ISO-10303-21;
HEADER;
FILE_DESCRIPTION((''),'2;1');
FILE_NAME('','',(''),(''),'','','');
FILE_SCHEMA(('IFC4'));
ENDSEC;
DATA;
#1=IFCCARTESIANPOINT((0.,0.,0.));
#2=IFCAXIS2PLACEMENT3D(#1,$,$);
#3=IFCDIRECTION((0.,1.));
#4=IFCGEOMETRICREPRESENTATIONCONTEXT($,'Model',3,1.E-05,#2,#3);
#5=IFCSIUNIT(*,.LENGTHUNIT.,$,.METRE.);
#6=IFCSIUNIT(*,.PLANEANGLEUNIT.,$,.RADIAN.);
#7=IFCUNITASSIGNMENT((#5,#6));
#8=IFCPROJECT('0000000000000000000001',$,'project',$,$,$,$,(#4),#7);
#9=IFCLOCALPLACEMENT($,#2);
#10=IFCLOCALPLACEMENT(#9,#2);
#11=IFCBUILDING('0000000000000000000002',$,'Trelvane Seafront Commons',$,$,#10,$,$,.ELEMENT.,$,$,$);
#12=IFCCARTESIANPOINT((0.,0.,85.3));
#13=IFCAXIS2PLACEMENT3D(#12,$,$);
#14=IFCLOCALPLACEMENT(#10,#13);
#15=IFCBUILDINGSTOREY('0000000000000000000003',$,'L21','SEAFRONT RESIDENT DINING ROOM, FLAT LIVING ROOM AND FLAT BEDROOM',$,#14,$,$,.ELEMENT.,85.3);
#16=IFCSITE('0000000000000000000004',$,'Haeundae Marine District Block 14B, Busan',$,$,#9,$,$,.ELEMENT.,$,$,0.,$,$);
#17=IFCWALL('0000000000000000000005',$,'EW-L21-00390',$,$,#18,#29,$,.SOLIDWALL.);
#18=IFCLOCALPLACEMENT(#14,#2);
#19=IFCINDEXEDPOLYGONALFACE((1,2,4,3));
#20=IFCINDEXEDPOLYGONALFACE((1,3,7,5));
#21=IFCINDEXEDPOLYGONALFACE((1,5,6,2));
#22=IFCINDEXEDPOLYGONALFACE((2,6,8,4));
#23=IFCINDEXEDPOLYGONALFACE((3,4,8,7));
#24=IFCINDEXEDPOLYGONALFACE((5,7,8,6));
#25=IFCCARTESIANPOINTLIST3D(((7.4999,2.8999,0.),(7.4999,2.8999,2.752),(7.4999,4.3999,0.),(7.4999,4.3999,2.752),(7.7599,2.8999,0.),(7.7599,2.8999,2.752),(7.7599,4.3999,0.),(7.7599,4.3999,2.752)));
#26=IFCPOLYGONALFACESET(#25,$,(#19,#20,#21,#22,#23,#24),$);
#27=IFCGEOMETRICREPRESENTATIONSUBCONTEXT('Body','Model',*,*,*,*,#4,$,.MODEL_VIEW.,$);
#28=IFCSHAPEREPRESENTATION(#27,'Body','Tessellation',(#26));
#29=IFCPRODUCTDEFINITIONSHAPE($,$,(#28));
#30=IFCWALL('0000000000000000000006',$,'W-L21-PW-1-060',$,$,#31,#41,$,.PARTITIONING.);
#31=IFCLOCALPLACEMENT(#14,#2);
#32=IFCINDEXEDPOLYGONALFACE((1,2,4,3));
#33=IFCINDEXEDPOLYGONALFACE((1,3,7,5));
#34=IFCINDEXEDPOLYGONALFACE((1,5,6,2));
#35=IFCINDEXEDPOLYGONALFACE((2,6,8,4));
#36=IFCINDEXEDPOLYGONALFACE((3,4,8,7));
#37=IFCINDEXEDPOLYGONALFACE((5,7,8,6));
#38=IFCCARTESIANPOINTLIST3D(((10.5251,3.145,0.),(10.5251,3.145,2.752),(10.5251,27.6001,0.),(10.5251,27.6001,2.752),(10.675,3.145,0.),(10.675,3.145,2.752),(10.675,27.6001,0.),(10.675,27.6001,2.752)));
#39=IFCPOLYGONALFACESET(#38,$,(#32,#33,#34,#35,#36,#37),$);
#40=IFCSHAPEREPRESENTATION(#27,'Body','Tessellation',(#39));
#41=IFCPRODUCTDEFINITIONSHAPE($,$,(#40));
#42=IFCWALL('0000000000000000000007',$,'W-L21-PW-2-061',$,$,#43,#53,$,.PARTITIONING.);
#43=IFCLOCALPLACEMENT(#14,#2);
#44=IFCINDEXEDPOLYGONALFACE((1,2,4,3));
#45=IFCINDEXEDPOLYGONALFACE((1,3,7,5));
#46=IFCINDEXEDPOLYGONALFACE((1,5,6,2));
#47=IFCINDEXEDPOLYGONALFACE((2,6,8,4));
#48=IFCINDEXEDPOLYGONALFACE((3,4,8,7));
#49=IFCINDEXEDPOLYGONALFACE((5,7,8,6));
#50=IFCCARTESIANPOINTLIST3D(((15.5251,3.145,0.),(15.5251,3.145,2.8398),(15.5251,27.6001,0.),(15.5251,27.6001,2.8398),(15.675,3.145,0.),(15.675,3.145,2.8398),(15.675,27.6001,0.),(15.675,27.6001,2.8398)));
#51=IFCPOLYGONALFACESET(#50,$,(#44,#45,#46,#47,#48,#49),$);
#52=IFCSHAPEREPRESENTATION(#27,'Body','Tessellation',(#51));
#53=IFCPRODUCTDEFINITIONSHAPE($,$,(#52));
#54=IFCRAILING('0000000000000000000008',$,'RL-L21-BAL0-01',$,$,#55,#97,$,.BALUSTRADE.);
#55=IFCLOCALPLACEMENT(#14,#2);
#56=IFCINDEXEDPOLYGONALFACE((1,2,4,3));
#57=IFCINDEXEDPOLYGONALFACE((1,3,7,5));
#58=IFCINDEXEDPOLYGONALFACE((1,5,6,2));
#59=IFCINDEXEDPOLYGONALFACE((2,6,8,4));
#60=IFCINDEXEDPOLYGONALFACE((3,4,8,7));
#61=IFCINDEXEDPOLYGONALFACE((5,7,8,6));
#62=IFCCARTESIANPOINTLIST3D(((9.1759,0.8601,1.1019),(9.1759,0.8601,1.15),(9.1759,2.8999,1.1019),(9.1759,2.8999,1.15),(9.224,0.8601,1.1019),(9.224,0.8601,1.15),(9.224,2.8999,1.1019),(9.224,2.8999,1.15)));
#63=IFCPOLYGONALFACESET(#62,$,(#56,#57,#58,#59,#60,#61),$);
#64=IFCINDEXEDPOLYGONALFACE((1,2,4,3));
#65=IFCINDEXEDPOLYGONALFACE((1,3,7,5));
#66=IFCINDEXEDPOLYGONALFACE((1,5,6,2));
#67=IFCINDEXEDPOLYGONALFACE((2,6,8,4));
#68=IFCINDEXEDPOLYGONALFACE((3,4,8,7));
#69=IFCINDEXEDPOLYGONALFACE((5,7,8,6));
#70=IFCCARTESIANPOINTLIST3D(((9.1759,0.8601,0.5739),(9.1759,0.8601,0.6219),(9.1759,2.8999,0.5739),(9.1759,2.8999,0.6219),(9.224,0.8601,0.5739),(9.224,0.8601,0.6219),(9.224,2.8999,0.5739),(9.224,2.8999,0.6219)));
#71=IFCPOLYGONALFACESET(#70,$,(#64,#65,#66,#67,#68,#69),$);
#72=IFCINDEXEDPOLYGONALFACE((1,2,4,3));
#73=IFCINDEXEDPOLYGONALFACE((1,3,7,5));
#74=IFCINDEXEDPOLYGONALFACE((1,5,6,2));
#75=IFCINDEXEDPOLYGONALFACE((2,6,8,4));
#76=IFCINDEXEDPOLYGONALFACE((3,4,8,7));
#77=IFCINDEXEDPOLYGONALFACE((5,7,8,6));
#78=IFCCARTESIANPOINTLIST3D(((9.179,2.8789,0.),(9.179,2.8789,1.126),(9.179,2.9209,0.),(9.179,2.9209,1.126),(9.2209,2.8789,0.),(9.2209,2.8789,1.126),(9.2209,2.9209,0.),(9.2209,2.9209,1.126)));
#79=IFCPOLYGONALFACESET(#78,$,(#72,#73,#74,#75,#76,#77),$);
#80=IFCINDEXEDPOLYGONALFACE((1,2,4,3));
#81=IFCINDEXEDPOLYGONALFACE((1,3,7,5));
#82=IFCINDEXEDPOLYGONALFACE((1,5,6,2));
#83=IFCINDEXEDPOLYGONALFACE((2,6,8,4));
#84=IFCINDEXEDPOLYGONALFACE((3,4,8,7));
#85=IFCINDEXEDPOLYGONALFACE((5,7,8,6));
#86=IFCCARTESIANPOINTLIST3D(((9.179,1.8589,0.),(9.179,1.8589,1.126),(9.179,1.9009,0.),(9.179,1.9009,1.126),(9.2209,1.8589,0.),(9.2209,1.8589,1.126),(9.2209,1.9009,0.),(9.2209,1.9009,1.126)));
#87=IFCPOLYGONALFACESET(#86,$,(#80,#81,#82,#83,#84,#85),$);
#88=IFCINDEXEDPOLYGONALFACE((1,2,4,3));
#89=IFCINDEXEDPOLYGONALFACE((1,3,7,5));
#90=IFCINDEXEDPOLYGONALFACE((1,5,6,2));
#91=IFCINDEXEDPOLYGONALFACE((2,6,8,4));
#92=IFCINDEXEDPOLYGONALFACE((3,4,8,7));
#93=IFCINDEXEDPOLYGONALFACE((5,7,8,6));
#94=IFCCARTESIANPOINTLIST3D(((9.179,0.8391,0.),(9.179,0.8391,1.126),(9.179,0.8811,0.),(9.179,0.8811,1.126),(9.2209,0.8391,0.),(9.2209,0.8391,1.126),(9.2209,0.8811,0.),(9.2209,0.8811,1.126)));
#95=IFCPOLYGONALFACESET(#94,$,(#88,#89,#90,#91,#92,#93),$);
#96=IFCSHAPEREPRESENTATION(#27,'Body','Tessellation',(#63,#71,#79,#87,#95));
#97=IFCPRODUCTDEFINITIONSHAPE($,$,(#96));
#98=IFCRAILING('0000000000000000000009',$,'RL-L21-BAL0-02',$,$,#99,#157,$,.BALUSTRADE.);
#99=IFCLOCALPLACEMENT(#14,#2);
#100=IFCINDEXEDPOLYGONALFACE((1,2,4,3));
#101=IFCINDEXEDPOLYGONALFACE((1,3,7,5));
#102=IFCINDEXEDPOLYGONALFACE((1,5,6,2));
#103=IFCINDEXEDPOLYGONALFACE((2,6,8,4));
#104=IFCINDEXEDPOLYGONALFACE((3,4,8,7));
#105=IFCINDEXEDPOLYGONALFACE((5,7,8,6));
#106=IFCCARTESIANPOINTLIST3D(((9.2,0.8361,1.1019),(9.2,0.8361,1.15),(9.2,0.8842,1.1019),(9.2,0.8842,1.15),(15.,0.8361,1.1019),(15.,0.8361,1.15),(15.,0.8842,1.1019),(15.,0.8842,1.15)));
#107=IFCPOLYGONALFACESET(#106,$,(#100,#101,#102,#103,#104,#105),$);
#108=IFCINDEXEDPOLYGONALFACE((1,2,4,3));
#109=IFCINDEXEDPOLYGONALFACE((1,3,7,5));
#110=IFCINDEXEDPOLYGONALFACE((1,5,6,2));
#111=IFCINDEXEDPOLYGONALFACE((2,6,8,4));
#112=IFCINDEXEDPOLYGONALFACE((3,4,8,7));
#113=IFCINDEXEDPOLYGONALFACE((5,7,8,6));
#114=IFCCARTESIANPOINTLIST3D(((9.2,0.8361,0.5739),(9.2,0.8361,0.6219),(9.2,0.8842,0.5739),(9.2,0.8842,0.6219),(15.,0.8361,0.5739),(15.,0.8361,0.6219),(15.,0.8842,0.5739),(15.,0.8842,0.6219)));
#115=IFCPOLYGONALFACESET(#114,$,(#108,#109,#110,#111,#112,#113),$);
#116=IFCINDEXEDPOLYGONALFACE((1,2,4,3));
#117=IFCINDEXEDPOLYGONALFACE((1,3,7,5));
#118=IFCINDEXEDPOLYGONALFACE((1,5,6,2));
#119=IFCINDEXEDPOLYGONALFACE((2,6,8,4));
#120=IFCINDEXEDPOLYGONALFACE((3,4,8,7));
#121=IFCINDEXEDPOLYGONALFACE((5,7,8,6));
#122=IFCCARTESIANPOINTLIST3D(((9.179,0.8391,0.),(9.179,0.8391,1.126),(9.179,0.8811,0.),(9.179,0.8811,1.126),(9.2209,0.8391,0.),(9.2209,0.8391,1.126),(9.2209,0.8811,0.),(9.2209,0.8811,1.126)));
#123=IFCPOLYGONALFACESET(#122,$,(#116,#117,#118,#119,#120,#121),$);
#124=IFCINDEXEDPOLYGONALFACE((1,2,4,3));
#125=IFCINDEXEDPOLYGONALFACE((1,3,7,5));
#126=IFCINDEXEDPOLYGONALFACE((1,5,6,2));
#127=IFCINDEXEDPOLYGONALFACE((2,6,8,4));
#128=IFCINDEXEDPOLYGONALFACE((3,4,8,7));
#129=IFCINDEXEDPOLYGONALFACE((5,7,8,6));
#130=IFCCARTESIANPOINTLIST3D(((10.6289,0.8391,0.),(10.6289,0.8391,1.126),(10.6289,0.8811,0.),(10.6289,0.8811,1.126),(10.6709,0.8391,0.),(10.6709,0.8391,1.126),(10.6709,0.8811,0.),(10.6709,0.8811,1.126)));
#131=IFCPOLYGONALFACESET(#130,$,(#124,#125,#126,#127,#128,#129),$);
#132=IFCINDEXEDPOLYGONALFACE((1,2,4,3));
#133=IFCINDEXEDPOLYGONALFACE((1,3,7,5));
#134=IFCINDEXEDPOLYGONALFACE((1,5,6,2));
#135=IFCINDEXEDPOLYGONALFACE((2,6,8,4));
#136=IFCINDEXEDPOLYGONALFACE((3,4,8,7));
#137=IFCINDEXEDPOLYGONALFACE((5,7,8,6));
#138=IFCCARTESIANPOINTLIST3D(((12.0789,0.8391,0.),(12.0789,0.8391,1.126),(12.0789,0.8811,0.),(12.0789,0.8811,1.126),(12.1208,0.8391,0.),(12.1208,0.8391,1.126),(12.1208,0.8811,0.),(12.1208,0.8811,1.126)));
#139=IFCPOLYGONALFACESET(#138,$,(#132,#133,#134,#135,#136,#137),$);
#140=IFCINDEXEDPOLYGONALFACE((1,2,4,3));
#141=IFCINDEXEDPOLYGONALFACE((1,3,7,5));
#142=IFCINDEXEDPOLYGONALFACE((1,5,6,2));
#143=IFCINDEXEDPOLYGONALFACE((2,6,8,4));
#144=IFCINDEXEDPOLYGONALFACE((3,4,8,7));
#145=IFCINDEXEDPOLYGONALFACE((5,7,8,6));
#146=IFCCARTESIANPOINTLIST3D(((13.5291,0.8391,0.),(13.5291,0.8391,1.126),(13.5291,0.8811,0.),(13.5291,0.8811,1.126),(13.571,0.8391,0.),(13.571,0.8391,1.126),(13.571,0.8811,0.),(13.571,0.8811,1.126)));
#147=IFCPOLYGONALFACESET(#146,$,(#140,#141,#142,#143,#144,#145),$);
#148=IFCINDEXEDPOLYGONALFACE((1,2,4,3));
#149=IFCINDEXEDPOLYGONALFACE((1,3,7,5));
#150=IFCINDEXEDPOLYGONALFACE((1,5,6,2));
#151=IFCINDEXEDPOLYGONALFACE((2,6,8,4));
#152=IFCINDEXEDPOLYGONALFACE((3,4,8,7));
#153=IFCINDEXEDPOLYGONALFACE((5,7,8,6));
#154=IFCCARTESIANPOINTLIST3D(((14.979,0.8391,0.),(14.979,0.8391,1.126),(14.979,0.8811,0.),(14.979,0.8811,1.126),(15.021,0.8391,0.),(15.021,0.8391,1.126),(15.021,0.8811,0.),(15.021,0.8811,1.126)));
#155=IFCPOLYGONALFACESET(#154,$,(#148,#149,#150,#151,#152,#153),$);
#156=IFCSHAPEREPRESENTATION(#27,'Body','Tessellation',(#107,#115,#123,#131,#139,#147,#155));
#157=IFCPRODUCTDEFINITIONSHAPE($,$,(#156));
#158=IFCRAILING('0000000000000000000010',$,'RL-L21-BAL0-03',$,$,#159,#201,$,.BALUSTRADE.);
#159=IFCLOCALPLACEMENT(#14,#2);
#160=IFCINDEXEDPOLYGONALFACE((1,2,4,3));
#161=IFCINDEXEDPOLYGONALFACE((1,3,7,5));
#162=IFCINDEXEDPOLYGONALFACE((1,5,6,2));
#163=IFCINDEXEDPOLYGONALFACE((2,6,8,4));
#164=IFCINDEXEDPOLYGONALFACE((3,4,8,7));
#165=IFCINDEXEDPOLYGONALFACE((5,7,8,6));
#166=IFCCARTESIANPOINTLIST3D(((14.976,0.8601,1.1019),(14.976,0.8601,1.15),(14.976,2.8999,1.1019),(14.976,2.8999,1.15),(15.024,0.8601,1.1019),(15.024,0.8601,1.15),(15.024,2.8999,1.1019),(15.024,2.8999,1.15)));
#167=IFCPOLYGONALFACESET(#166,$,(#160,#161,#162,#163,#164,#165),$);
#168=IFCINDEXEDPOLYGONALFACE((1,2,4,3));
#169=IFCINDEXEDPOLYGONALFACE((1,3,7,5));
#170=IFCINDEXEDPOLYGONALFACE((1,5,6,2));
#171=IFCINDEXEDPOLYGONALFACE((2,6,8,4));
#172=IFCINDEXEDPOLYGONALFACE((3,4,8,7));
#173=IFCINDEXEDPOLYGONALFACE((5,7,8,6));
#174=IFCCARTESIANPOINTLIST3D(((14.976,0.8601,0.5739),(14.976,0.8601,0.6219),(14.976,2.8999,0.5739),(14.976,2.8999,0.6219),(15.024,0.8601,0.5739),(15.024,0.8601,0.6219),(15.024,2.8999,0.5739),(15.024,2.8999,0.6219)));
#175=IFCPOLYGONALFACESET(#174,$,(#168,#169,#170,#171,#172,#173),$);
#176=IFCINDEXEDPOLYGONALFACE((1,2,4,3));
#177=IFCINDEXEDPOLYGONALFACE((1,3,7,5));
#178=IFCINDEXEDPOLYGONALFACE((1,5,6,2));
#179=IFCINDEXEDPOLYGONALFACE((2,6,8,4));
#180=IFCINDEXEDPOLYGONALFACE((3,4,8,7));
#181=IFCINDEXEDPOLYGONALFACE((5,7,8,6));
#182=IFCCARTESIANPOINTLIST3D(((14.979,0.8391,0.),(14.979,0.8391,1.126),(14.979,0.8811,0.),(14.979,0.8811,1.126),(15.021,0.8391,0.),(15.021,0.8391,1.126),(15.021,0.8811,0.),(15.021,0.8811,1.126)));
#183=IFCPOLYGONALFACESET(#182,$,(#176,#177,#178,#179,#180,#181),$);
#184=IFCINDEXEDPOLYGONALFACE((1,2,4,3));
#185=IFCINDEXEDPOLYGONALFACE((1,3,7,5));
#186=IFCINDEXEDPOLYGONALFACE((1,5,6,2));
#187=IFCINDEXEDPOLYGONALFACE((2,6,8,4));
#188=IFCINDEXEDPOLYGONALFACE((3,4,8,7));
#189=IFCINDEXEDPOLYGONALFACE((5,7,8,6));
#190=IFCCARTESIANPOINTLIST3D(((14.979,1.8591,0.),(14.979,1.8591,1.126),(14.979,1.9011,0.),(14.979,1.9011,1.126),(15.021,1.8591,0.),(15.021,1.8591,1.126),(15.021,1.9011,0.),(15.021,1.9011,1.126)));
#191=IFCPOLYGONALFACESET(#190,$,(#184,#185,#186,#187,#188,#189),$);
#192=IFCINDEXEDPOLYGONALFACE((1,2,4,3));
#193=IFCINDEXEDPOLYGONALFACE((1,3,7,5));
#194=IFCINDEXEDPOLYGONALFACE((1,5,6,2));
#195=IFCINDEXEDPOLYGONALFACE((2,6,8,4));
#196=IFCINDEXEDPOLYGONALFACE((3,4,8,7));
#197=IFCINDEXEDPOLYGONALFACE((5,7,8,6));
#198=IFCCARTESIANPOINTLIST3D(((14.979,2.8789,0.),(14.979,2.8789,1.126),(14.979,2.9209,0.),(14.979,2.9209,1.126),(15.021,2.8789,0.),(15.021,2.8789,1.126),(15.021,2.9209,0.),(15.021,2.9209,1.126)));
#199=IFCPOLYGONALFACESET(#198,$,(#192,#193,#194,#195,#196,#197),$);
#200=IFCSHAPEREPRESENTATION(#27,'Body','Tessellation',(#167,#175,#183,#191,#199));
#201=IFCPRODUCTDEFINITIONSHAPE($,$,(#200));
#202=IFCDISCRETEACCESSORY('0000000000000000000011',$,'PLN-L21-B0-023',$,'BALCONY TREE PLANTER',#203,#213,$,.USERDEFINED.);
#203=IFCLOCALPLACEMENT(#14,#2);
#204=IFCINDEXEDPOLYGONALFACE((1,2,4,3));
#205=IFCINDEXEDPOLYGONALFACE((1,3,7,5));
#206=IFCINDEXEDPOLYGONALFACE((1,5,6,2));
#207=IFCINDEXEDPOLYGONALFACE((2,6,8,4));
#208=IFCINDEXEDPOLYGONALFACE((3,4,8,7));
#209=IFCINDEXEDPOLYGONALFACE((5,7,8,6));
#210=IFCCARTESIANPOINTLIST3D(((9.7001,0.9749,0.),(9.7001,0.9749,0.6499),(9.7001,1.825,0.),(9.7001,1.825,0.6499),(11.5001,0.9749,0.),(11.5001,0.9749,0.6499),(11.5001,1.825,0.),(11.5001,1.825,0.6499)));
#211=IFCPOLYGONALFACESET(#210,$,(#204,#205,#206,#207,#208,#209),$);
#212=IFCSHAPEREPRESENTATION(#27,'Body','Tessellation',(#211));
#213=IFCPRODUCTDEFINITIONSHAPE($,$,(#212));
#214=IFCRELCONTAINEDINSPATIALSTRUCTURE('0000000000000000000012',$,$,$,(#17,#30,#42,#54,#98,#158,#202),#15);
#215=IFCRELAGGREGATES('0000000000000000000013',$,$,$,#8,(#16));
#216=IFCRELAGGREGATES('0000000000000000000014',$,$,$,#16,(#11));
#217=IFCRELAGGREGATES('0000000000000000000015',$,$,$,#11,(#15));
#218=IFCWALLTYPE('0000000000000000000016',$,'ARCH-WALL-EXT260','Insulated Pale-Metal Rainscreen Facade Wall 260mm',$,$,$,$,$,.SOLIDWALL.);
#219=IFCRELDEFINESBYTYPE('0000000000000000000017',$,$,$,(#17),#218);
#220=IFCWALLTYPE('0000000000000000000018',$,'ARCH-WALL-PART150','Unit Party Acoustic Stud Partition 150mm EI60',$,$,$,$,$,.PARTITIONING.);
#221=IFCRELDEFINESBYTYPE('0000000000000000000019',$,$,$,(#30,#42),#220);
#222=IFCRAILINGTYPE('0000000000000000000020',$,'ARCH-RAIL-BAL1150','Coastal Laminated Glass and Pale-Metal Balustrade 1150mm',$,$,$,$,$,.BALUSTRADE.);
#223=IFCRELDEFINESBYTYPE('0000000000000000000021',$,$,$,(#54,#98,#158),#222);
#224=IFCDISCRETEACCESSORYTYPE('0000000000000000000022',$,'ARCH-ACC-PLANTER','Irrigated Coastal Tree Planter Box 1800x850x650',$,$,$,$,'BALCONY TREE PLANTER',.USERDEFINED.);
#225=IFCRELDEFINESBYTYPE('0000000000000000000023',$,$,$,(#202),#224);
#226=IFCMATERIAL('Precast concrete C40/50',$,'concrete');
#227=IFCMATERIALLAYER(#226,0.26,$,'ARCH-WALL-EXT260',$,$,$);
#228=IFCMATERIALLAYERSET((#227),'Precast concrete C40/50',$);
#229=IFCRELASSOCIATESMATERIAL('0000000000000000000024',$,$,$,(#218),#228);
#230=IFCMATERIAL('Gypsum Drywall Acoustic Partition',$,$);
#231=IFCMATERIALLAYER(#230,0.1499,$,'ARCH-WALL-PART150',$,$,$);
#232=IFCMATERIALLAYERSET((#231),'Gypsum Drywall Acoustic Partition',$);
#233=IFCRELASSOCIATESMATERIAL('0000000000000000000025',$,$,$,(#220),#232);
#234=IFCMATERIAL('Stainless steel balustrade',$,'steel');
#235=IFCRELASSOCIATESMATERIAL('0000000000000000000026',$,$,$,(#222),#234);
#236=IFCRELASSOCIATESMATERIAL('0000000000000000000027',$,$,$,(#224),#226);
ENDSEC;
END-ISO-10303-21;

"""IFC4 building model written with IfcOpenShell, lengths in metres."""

from ifc_helpers import new_model, si_unit, direction, frame, frame_2d, origin, origin_2d, place, context, subcontext, project, spatial, rectangle, extrude, source, transform, mapped, material, layer, layer_set, type_object, element, save


model = new_model("IFC4")

# Units and contexts
model_context = context("Model", 3, precision=1e-05, world=origin(), true_north=direction((0.0, 1.0)))
body_context = subcontext(model_context, "Body", "Model", "MODEL_VIEW")
ifc_project = project(units=[si_unit("LENGTHUNIT", "METRE"), si_unit("PLANEANGLEUNIT", "RADIAN")], contexts=[model_context])

# Site, building, storey
site_placement = place(None, origin())
site = spatial("IfcSite", under=ifc_project, at=site_placement, Name="Haeundae Marine District Block 14B, Busan", CompositionType="ELEMENT", RefElevation=0.0)
building_placement = place(site_placement, origin())
building = spatial("IfcBuilding", under=site, at=building_placement, Name="Trelvane Seafront Commons", CompositionType="ELEMENT")
storey_placement = place(building_placement, frame((0.0, 0.0, 85.3)))
storey = spatial("IfcBuildingStorey", under=building, at=storey_placement, Name="L21", Description="SEAFRONT RESIDENT DINING ROOM, FLAT LIVING ROOM AND FLAT BEDROOM", CompositionType="ELEMENT", Elevation=85.3)

# Walls
ifc_material_1 = material(Name="Precast concrete C40/50", Category="concrete")
ifc_layer_1 = layer(ifc_material_1, 0.26, Name="ARCH-WALL-EXT260")
ifc_layer_set_1 = layer_set([ifc_layer_1], Name="Precast concrete C40/50")
wall_type_1 = type_object("IfcWallType", Name="ARCH-WALL-EXT260", Description="Insulated Pale-Metal Rainscreen Facade Wall 260mm", PredefinedType="SOLIDWALL", material=ifc_layer_set_1)
wall_1_placement = place(storey_placement, frame((7.6299, 2.8999, 0.0), z_axis=(0.0, 0.0, 1.0), x_axis=(0.0, 1.0, 0.0)))
element("IfcWall", 1, at=wall_1_placement, inside=storey, type_object=wall_type_1, Name="EW-L21-00390", PredefinedType="SOLIDWALL", context=body_context, shape_type="SweptSolid", body=[
    extrude(rectangle(XDim=1.5, YDim=0.26, at=frame_2d((0.75, 0.0))), origin(), (0.0, 0.0, 1.0), 2.752),
])
ifc_material_2 = material(Name="Gypsum Drywall Acoustic Partition")
ifc_layer_2 = layer(ifc_material_2, 0.1499, Name="ARCH-WALL-PART150")
ifc_layer_set_2 = layer_set([ifc_layer_2], Name="Gypsum Drywall Acoustic Partition")
wall_type_2 = type_object("IfcWallType", Name="ARCH-WALL-PART150", Description="Unit Party Acoustic Stud Partition 150mm EI60", PredefinedType="PARTITIONING", material=ifc_layer_set_2)
wall_2_placement = place(storey_placement, frame((10.6001, 3.145, 0.0), z_axis=(0.0, 0.0, 1.0), x_axis=(0.0, 1.0, 0.0)))
element("IfcWall", 2, at=wall_2_placement, inside=storey, type_object=wall_type_2, Name="W-L21-PW-1-060", PredefinedType="PARTITIONING", context=body_context, shape_type="SweptSolid", body=[
    extrude(rectangle(XDim=24.4551, YDim=0.1499, at=frame_2d((12.2275, 0.0))), origin(), (0.0, 0.0, 1.0), 2.752),
])
wall_3_placement = place(storey_placement, frame((15.6001, 3.145, 0.0), z_axis=(0.0, 0.0, 1.0), x_axis=(0.0, 1.0, 0.0)))
element("IfcWall", 3, at=wall_3_placement, inside=storey, type_object=wall_type_2, Name="W-L21-PW-2-061", PredefinedType="PARTITIONING", context=body_context, shape_type="SweptSolid", body=[
    extrude(rectangle(XDim=24.4551, YDim=0.1499, at=frame_2d((12.2275, 0.0))), origin(), (0.0, 0.0, 1.0), 2.8398),
])

# Railings
ifc_material_3 = material(Name="Stainless steel balustrade", Category="steel")
railing_type = type_object("IfcRailingType", Name="ARCH-RAIL-BAL1150", Description="Coastal Laminated Glass and Pale-Metal Balustrade 1150mm", PredefinedType="BALUSTRADE", material=ifc_material_3)
railing_1_placement = place(storey_placement, frame((9.2, 2.8999, 0.0)))
element("IfcRailing", 4, at=railing_1_placement, inside=storey, type_object=railing_type, Name="RL-L21-BAL0-01", PredefinedType="BALUSTRADE", context=body_context, shape_type="SweptSolid", body=[
    extrude(rectangle(XDim=0.0481, YDim=0.0481, at=origin_2d()), frame((0.0, 0.0, 1.126), z_axis=(0.0, -1.0, 0.0), x_axis=(1.0, 0.0, 0.0)), (0.0, 0.0, 1.0), 2.0398),
    extrude(rectangle(XDim=0.0481, YDim=0.0481, at=origin_2d()), frame((0.0, 0.0, 0.5979), z_axis=(0.0, -1.0, 0.0), x_axis=(1.0, 0.0, 0.0)), (0.0, 0.0, 1.0), 2.0398),
    extrude(rectangle(XDim=0.042, YDim=0.042, at=origin_2d()), origin(), (0.0, 0.0, 1.0), 1.126),
    extrude(rectangle(XDim=0.042, YDim=0.042, at=origin_2d()), frame((0.0, -1.02, 0.0)), (0.0, 0.0, 1.0), 1.126),
    extrude(rectangle(XDim=0.042, YDim=0.042, at=origin_2d()), frame((0.0, -2.0398, 0.0)), (0.0, 0.0, 1.0), 1.126),
])
railing_2_placement = place(storey_placement, frame((9.2, 0.8601, 0.0)))
element("IfcRailing", 5, at=railing_2_placement, inside=storey, type_object=railing_type, Name="RL-L21-BAL0-02", PredefinedType="BALUSTRADE", context=body_context, shape_type="SweptSolid", body=[
    extrude(rectangle(XDim=0.0481, YDim=0.0481, at=origin_2d()), frame((0.0, 0.0, 1.126), z_axis=(1.0, 0.0, 0.0), x_axis=(0.0, 1.0, 0.0)), (0.0, 0.0, 1.0), 5.8),
    extrude(rectangle(XDim=0.0481, YDim=0.0481, at=origin_2d()), frame((0.0, 0.0, 0.5979), z_axis=(1.0, 0.0, 0.0), x_axis=(0.0, 1.0, 0.0)), (0.0, 0.0, 1.0), 5.8),
    extrude(rectangle(XDim=0.042, YDim=0.042, at=origin_2d()), origin(), (0.0, 0.0, 1.0), 1.126),
    extrude(rectangle(XDim=0.042, YDim=0.042, at=origin_2d()), frame((1.45, 0.0, 0.0)), (0.0, 0.0, 1.0), 1.126),
    extrude(rectangle(XDim=0.042, YDim=0.042, at=origin_2d()), frame((2.8999, 0.0, 0.0)), (0.0, 0.0, 1.0), 1.126),
    extrude(rectangle(XDim=0.042, YDim=0.042, at=origin_2d()), frame((4.3501, 0.0, 0.0)), (0.0, 0.0, 1.0), 1.126),
    extrude(rectangle(XDim=0.042, YDim=0.042, at=origin_2d()), frame((5.8, 0.0, 0.0)), (0.0, 0.0, 1.0), 1.126),
])
railing_3_placement = place(storey_placement, frame((15.0, 0.8601, 0.0)))
element("IfcRailing", 6, at=railing_3_placement, inside=storey, type_object=railing_type, Name="RL-L21-BAL0-03", PredefinedType="BALUSTRADE", context=body_context, shape_type="SweptSolid", body=[
    extrude(rectangle(XDim=0.0481, YDim=0.0481, at=origin_2d()), frame((0.0, 0.0, 1.126), z_axis=(0.0, 1.0, 0.0), x_axis=(-1.0, 0.0, 0.0)), (0.0, 0.0, 1.0), 2.0398),
    extrude(rectangle(XDim=0.0481, YDim=0.0481, at=origin_2d()), frame((0.0, 0.0, 0.5979), z_axis=(0.0, 1.0, 0.0), x_axis=(-1.0, 0.0, 0.0)), (0.0, 0.0, 1.0), 2.0398),
    extrude(rectangle(XDim=0.042, YDim=0.042, at=origin_2d()), origin(), (0.0, 0.0, 1.0), 1.126),
    extrude(rectangle(XDim=0.042, YDim=0.042, at=origin_2d()), frame((0.0, 1.02, 0.0)), (0.0, 0.0, 1.0), 1.126),
    extrude(rectangle(XDim=0.042, YDim=0.042, at=origin_2d()), frame((0.0, 2.0398, 0.0)), (0.0, 0.0, 1.0), 1.126),
])

# Discrete accessory
discrete_accessory_type = type_object("IfcDiscreteAccessoryType", Name="ARCH-ACC-PLANTER", Description="Irrigated Coastal Tree Planter Box 1800x850x650", ElementType="BALCONY TREE PLANTER", PredefinedType="USERDEFINED", material=ifc_material_1)
shared_shape_1 = source(origin(), body_context, "Body", "SweptSolid", [
    extrude(rectangle(XDim=1.8, YDim=0.8501, at=origin_2d()), origin(), (0.0, 0.0, 1.0), 0.6499),
])
discrete_accessory_placement = place(storey_placement, frame((10.6001, 1.3999, 0.0), z_axis=(0.0, 0.0, 1.0), x_axis=(1.0, 0.0, 0.0)))
element("IfcDiscreteAccessory", 7, at=discrete_accessory_placement, inside=storey, type_object=discrete_accessory_type, Name="PLN-L21-B0-023", ObjectType="BALCONY TREE PLANTER", PredefinedType="USERDEFINED", context=body_context, shape_type="MappedRepresentation", body=[
    mapped(shared_shape_1, transform((0.0, 0.0, 0.0), x_axis=(1.0, 0.0, 0.0), y_axis=(0.0, 1.0, 0.0), z_axis=(0.0, 0.0, 1.0), scale=1.0)),
])

save(model, "model.ifc")
